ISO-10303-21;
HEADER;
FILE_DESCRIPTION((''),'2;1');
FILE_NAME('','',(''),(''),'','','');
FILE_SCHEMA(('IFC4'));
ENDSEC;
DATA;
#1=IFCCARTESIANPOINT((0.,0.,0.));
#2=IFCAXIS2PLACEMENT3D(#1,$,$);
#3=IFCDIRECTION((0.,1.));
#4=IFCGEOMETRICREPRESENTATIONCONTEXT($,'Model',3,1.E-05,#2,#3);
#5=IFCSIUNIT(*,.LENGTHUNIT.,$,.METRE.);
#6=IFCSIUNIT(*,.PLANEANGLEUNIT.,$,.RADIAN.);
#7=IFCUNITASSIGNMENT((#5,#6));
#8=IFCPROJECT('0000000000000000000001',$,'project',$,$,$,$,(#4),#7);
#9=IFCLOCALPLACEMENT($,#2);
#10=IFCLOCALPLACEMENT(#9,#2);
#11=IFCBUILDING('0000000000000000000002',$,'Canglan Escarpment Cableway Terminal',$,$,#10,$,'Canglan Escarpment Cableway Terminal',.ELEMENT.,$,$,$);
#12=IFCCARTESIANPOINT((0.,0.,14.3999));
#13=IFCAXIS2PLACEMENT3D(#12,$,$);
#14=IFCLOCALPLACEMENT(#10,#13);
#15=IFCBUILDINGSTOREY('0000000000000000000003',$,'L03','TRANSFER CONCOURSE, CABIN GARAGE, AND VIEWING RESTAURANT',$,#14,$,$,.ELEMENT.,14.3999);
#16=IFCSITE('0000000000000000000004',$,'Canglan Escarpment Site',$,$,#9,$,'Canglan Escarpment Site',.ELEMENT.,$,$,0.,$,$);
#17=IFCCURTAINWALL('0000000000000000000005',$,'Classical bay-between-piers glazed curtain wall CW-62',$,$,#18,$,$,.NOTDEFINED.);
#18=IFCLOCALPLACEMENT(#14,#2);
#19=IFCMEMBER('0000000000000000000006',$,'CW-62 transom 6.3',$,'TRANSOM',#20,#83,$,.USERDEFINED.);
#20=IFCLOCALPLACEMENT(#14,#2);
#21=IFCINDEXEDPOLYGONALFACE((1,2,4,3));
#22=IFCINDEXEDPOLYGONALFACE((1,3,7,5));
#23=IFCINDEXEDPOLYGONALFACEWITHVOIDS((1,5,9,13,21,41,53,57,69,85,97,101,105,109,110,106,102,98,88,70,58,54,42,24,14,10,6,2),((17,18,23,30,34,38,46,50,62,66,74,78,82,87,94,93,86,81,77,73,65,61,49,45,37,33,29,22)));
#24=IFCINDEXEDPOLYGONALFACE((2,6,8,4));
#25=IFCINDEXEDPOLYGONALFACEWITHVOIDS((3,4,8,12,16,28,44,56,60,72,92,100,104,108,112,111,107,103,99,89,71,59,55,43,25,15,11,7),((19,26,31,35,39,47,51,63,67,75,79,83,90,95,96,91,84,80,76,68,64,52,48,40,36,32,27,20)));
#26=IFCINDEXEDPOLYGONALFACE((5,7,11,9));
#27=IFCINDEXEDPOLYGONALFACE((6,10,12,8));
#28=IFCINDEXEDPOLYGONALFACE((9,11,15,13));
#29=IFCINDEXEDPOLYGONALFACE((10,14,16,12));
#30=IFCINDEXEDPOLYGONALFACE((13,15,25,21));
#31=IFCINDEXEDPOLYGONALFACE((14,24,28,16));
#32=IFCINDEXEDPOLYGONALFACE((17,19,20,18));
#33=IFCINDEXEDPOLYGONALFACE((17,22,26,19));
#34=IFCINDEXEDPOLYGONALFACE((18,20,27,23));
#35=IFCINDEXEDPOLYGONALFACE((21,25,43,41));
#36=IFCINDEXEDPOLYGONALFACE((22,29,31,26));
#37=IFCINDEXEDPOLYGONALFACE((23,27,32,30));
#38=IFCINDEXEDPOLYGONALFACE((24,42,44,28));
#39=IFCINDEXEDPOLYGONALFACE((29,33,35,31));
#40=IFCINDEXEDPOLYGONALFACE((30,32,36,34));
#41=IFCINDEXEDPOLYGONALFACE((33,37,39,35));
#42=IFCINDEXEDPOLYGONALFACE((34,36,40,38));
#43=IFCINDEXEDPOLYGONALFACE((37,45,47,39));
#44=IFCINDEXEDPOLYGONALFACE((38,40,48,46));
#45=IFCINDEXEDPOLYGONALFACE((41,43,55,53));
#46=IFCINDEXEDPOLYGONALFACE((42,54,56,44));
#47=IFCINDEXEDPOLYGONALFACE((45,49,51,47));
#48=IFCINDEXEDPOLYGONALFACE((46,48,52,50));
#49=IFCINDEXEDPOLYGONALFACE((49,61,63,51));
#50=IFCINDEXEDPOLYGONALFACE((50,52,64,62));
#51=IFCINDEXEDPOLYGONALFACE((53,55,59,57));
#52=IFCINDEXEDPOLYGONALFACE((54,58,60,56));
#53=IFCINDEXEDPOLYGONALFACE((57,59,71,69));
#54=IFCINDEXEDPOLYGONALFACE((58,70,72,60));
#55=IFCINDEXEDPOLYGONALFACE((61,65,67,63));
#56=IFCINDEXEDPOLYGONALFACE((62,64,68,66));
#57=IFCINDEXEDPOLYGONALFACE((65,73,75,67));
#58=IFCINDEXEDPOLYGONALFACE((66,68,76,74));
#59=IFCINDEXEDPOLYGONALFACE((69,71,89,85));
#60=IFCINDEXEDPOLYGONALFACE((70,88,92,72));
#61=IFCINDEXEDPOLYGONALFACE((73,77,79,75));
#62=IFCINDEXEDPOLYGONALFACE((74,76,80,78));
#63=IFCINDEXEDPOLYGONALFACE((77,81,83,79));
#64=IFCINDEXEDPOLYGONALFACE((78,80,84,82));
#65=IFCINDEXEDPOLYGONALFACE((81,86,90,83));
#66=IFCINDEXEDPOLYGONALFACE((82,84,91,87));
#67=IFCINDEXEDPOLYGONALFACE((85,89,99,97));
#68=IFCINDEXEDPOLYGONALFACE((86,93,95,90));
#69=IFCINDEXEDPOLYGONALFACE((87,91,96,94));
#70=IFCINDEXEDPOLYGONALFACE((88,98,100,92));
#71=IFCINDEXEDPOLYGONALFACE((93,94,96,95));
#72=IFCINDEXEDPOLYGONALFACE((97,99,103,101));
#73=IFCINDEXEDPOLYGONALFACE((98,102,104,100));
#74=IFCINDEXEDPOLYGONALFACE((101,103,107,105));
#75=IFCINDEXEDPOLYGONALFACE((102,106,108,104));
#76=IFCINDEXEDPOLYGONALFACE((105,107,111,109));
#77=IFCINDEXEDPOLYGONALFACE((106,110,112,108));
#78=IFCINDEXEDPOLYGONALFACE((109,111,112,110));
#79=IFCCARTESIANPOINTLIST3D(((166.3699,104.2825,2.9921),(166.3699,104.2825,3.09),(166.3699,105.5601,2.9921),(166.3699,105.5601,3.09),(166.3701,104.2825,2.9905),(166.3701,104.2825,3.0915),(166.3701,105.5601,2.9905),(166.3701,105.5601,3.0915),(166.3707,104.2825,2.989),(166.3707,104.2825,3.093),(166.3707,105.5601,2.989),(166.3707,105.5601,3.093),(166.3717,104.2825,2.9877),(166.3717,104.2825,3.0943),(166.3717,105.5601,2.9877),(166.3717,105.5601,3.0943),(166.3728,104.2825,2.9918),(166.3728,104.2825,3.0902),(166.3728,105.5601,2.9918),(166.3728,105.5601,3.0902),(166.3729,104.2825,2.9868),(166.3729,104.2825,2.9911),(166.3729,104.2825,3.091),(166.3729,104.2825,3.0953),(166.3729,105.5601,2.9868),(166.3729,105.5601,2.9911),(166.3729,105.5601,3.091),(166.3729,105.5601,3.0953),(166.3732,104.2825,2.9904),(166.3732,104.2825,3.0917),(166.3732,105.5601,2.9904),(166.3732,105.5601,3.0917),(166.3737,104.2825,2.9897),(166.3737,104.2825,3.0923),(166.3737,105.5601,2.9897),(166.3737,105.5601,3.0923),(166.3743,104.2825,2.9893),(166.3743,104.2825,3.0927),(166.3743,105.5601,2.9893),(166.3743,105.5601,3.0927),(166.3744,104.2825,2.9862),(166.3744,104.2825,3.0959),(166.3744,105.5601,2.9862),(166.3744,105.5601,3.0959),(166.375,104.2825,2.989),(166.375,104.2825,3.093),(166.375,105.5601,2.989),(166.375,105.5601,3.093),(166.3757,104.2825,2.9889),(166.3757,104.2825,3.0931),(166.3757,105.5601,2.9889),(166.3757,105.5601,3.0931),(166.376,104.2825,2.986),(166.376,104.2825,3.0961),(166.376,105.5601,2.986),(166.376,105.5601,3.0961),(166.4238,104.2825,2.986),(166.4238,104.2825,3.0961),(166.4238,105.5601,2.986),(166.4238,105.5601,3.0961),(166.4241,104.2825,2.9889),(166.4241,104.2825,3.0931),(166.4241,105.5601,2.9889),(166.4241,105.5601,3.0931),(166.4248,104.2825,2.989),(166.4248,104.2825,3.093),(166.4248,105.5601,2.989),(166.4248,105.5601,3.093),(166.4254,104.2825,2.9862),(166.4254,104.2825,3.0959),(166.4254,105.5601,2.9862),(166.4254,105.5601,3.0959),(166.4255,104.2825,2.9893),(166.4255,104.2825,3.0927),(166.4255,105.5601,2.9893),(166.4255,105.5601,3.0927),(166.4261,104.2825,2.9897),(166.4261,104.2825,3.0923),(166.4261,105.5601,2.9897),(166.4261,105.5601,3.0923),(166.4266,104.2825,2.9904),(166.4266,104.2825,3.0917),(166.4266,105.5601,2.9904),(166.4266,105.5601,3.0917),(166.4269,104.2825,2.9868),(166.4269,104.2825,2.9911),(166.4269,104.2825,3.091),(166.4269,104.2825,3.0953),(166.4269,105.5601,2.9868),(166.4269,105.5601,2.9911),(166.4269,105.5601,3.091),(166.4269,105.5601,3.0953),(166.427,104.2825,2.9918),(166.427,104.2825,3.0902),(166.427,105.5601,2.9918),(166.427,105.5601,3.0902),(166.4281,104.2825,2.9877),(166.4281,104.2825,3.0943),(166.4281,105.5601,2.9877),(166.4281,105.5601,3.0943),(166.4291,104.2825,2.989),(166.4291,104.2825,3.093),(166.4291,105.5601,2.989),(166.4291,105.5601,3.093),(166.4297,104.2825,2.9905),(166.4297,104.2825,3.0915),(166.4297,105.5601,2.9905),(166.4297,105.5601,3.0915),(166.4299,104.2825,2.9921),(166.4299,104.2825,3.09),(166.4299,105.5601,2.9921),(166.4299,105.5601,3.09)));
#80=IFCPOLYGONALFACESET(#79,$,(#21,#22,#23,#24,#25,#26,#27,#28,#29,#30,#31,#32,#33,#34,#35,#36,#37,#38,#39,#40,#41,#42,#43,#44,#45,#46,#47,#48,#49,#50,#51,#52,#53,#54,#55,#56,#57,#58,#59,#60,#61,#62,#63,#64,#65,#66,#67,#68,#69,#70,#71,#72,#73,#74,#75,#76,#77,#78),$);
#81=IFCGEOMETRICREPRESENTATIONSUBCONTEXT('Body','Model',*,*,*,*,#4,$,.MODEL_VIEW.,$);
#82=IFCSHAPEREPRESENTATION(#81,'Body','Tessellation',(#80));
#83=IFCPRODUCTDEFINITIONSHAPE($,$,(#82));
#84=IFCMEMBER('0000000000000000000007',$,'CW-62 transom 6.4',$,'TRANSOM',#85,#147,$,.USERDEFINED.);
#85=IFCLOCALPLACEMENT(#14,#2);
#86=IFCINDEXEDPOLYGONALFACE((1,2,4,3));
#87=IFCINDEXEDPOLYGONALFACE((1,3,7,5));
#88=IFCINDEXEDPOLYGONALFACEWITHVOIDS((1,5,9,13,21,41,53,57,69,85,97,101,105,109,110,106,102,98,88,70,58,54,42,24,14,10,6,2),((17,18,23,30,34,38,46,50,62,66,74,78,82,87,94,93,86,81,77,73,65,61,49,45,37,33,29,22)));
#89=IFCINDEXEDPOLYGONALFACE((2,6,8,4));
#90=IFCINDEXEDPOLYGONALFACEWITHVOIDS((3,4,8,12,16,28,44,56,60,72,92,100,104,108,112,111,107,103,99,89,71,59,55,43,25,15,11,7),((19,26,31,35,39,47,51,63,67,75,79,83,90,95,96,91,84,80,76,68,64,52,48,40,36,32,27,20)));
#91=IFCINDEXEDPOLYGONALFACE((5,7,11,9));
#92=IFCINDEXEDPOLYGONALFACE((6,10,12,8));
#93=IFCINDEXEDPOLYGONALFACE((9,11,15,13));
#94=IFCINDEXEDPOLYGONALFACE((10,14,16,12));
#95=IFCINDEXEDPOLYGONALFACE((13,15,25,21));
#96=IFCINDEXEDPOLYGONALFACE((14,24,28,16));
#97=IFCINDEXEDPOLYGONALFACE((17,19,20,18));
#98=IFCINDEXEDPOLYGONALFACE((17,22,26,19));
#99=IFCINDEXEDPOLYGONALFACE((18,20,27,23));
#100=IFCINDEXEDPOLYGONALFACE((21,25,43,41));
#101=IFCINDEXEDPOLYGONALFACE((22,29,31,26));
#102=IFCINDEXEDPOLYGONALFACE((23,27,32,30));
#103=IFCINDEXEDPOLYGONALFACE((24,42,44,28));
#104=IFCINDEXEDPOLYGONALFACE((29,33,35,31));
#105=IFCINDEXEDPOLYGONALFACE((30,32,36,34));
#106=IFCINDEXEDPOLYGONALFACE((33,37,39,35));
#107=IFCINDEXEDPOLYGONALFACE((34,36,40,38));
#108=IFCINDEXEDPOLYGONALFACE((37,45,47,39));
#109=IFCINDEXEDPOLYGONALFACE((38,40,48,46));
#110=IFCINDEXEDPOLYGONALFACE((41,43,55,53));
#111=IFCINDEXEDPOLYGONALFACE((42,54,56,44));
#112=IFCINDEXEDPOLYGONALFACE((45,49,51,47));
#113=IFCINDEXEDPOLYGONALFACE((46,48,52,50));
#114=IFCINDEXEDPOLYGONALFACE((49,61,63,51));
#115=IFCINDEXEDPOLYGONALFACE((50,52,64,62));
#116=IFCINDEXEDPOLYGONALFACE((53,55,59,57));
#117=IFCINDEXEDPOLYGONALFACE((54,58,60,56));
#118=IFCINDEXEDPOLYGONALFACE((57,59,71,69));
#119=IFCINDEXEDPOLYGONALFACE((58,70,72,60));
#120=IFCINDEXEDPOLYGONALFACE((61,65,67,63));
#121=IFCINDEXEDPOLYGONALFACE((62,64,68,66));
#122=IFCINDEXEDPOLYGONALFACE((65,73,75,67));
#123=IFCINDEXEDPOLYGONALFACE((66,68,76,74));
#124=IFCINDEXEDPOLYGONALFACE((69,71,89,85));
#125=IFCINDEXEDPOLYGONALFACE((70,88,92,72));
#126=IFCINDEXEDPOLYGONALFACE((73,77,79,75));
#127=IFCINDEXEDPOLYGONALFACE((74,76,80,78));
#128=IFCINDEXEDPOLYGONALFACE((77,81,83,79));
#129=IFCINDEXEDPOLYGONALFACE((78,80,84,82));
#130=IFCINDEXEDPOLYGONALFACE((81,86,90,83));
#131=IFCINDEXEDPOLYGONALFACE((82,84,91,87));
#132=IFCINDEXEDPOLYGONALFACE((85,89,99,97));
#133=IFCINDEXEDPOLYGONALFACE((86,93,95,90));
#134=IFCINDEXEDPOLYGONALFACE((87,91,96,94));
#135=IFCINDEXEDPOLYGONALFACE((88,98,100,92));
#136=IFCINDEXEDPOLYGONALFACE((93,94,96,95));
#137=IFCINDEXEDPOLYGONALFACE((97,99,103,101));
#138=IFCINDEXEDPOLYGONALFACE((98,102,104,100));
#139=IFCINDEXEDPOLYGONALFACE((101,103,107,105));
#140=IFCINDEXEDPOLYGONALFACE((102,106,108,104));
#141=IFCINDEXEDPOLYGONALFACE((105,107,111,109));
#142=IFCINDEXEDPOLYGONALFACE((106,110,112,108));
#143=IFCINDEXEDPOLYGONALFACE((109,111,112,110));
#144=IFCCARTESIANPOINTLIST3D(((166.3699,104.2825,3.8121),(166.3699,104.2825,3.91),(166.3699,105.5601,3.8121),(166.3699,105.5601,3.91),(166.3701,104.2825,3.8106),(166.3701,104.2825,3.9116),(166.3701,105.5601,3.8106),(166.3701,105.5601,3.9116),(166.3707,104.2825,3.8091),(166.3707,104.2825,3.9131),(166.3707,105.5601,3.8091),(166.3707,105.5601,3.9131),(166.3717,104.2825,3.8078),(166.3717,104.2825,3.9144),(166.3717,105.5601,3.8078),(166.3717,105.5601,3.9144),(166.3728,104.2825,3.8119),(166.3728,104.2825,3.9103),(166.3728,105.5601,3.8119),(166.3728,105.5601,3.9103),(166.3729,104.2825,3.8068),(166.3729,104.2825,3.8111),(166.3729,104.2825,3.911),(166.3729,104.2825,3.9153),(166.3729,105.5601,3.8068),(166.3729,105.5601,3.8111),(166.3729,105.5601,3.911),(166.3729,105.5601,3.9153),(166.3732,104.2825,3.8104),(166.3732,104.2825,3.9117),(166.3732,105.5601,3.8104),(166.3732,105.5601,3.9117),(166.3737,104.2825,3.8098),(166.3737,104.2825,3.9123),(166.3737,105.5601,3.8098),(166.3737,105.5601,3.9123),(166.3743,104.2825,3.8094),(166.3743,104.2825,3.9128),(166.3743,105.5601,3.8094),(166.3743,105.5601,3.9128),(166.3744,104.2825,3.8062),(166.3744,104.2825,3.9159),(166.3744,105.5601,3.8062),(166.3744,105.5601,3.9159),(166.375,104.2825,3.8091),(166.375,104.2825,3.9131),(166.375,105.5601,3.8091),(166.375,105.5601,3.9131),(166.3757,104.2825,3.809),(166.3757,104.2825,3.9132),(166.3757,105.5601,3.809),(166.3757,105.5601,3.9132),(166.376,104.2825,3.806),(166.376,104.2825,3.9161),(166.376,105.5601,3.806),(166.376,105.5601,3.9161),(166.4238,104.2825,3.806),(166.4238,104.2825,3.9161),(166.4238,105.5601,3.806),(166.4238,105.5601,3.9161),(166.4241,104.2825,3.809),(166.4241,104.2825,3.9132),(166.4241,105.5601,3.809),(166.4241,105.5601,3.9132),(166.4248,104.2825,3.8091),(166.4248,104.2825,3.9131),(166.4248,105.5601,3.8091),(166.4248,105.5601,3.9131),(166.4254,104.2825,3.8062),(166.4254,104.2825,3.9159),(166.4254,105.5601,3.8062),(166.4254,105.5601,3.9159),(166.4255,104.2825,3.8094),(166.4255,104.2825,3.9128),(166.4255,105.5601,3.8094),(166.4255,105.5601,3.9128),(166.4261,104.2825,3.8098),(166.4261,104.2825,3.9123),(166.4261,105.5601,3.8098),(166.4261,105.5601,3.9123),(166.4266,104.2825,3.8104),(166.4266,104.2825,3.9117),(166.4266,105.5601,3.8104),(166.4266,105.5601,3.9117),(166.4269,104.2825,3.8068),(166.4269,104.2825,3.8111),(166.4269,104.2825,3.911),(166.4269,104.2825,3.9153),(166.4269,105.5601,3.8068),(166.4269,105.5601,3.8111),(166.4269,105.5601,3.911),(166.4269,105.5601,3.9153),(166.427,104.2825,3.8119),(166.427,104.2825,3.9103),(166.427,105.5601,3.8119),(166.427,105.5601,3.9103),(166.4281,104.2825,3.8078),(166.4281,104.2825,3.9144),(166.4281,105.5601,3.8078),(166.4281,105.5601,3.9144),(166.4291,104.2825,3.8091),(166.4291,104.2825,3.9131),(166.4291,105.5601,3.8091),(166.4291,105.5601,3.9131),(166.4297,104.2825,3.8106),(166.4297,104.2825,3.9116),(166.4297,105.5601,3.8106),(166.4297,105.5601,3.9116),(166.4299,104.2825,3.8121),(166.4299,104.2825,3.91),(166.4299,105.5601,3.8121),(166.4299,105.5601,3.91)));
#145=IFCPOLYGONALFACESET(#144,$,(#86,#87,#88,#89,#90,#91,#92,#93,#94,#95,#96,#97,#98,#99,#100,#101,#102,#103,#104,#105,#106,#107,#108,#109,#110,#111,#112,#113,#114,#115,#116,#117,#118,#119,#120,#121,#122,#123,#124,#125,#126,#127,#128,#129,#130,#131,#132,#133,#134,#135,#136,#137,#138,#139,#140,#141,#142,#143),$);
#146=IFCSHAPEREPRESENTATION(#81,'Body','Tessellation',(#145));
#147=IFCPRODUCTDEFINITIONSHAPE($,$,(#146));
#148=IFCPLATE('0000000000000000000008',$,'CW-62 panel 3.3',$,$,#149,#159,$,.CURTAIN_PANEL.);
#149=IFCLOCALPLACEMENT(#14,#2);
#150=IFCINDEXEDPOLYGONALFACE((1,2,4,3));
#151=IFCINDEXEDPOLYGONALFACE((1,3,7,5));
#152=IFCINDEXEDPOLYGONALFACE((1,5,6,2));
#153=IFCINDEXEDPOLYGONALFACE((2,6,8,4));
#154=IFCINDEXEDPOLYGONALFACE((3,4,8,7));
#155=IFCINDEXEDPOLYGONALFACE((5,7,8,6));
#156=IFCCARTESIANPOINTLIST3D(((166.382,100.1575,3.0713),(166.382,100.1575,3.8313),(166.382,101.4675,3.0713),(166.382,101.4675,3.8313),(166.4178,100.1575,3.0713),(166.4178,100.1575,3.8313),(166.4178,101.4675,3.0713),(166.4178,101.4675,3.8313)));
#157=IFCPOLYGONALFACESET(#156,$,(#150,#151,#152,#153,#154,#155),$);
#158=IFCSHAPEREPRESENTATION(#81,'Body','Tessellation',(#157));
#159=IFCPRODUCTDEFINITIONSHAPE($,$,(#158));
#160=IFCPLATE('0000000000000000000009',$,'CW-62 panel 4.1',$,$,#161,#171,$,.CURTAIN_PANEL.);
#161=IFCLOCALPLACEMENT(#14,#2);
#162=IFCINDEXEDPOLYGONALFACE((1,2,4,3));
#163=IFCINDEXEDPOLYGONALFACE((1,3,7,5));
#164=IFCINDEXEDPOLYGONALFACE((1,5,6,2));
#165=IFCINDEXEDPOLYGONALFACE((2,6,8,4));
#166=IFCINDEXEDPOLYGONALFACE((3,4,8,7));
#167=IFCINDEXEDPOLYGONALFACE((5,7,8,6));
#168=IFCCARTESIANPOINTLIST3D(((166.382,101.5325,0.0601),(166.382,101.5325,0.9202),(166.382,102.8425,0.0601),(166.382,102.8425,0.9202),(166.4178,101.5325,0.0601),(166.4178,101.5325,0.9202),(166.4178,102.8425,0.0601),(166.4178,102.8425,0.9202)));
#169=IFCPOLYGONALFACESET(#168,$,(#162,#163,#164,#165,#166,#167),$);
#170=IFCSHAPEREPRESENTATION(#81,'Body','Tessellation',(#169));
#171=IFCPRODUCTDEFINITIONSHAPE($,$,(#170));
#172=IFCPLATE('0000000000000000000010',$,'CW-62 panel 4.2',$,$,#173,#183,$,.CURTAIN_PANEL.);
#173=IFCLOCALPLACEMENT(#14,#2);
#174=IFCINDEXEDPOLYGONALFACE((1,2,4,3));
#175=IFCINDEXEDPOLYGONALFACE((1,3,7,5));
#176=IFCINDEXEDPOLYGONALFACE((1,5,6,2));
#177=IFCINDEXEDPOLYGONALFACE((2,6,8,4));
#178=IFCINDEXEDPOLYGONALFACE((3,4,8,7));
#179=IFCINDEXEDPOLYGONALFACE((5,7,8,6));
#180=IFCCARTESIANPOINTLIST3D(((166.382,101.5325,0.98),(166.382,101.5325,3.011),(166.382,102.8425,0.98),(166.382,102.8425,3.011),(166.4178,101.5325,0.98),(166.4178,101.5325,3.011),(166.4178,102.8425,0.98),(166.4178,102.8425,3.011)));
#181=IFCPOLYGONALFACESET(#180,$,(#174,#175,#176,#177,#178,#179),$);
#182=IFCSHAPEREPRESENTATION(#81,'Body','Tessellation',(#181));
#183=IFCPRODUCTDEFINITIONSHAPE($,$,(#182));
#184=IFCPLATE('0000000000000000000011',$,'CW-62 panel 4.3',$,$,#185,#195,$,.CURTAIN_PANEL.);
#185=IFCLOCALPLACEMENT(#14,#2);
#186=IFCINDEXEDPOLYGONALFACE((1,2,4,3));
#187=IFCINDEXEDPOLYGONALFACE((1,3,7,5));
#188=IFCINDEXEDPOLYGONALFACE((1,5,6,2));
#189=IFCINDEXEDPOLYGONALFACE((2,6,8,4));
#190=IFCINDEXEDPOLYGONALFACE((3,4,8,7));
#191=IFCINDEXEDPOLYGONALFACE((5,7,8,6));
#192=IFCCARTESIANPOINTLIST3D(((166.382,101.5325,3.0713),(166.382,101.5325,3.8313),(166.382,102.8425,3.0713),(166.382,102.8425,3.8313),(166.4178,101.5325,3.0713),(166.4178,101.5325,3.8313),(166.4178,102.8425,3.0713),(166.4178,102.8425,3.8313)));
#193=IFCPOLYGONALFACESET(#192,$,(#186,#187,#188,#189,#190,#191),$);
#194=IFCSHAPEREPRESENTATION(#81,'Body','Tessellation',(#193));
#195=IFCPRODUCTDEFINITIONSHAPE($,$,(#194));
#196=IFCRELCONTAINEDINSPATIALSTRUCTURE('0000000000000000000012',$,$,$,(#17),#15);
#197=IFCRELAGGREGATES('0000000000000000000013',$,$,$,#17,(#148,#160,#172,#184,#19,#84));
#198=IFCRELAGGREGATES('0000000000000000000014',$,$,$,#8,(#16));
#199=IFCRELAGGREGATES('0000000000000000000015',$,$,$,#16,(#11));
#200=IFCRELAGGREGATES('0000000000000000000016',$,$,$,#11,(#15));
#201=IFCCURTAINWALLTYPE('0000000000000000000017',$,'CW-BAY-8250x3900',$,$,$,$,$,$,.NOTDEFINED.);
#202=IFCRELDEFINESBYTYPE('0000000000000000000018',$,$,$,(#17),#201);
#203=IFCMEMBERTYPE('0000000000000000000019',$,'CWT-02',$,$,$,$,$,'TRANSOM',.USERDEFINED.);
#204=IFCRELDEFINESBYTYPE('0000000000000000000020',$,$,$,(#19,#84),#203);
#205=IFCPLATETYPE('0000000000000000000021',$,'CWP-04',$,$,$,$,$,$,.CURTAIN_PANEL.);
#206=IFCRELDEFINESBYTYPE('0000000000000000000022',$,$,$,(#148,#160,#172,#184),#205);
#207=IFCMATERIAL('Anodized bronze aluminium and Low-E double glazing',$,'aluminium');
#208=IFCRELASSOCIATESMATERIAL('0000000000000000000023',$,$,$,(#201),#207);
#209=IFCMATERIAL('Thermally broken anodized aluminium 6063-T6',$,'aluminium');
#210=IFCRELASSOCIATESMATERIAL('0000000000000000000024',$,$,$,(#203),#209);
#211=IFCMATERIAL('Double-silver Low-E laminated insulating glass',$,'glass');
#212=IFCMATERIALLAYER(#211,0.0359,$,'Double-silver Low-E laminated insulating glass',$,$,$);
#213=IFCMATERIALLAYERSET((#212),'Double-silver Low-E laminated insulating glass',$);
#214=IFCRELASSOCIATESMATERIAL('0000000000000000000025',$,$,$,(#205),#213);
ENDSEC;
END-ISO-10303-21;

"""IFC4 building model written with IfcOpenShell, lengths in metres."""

from ifc_helpers import new_model, si_unit, direction, frame, origin, origin_2d, place, context, subcontext, project, spatial, rectangle, hollow_rectangle, extrude, material, layer, layer_set, material_profile, profile_set, type_object, element, aggregate, save


model = new_model("IFC4")

# Units and contexts
model_context = context("Model", 3, precision=1e-05, world=origin(), true_north=direction((0.0, 1.0)))
body_context = subcontext(model_context, "Body", "Model", "MODEL_VIEW")
ifc_project = project(units=[si_unit("LENGTHUNIT", "METRE"), si_unit("PLANEANGLEUNIT", "RADIAN")], contexts=[model_context])

# Site, building, storey
site_placement = place(None, origin())
site = spatial("IfcSite", under=ifc_project, at=site_placement, Name="Canglan Escarpment Site", LongName="Canglan Escarpment Site", CompositionType="ELEMENT", RefElevation=0.0)
building_placement = place(site_placement, origin())
building = spatial("IfcBuilding", under=site, at=building_placement, Name="Canglan Escarpment Cableway Terminal", LongName="Canglan Escarpment Cableway Terminal", CompositionType="ELEMENT")
storey_placement = place(building_placement, frame((0.0, 0.0, 14.3999)))
storey = spatial("IfcBuildingStorey", under=building, at=storey_placement, Name="L03", Description="TRANSFER CONCOURSE, CABIN GARAGE, AND VIEWING RESTAURANT", CompositionType="ELEMENT", Elevation=14.3999)

# Curtain wall, members, plates
ifc_material_1 = material(Name="Anodized bronze aluminium and Low-E double glazing", Category="aluminium")
curtain_wall_type = type_object("IfcCurtainWallType", Name="CW-BAY-8250x3900", PredefinedType="NOTDEFINED", material=ifc_material_1)
curtain_wall_placement = place(storey_placement, origin())
curtain_wall = element("IfcCurtainWall", 1, at=curtain_wall_placement, inside=storey, type_object=curtain_wall_type, Name="Classical bay-between-piers glazed curtain wall CW-62", PredefinedType="NOTDEFINED")
ifc_material_2 = material(Name="Thermally broken anodized aluminium 6063-T6", Category="aluminium")
ifc_material_profile_1 = material_profile(ifc_material_2, hollow_rectangle(XDim=0.0601, YDim=0.1101, WallThickness=0.0029, InnerFilletRadius=0.0029, OuterFilletRadius=0.0061, at=origin_2d()), Name="ALU-TRAN 60x110x3")
ifc_profile_set_1 = profile_set([ifc_material_profile_1], Name="Thermally broken anodized aluminium 6063-T6")
member_type_1 = type_object("IfcMemberType", Name="CWT-02", ElementType="TRANSOM", PredefinedType="USERDEFINED", material=ifc_profile_set_1)
member_1_placement = place(storey_placement, frame((166.3999, 104.2825, 3.041), z_axis=(0.0, 1.0, 0.0), x_axis=(-1.0, 0.0, 0.0)))
member_1 = element("IfcMember", 2, at=member_1_placement, type_object=member_type_1, Name="CW-62 transom 6.3", ObjectType="TRANSOM", PredefinedType="USERDEFINED", context=body_context, shape_type="SweptSolid", body=[
    extrude(hollow_rectangle(XDim=0.0601, YDim=0.1101, WallThickness=0.0029, InnerFilletRadius=0.0029, OuterFilletRadius=0.0061, at=origin_2d()), origin(), (0.0, 0.0, 1.0), 1.2776),
])
member_2_placement = place(storey_placement, frame((166.3999, 104.2825, 3.8611), z_axis=(0.0, 1.0, 0.0), x_axis=(-1.0, 0.0, 0.0)))
member_2 = element("IfcMember", 3, at=member_2_placement, type_object=member_type_1, Name="CW-62 transom 6.4", ObjectType="TRANSOM", PredefinedType="USERDEFINED", context=body_context, shape_type="SweptSolid", body=[
    extrude(hollow_rectangle(XDim=0.0601, YDim=0.1101, WallThickness=0.0029, InnerFilletRadius=0.0029, OuterFilletRadius=0.0061, at=origin_2d()), origin(), (0.0, 0.0, 1.0), 1.2776),
])
ifc_material_3 = material(Name="Double-silver Low-E laminated insulating glass", Category="glass")
ifc_layer = layer(ifc_material_3, 0.0359, Name="Double-silver Low-E laminated insulating glass")
ifc_layer_set = layer_set([ifc_layer], Name="Double-silver Low-E laminated insulating glass")
plate_type = type_object("IfcPlateType", Name="CWP-04", PredefinedType="CURTAIN_PANEL", material=ifc_layer_set)
plate_1_placement = place(storey_placement, frame((166.3999, 100.8125, 3.0713), z_axis=(0.0, 0.0, 1.0), x_axis=(0.0, 1.0, 0.0)))
plate_1 = element("IfcPlate", 4, at=plate_1_placement, type_object=plate_type, Name="CW-62 panel 3.3", PredefinedType="CURTAIN_PANEL", context=body_context, shape_type="SweptSolid", body=[
    extrude(rectangle(XDim=1.3101, YDim=0.0359, at=origin_2d()), origin(), (0.0, 0.0, 1.0), 0.76),
])
plate_2_placement = place(storey_placement, frame((166.3999, 102.1875, 0.0601), z_axis=(0.0, 0.0, 1.0), x_axis=(0.0, 1.0, 0.0)))
plate_2 = element("IfcPlate", 5, at=plate_2_placement, type_object=plate_type, Name="CW-62 panel 4.1", PredefinedType="CURTAIN_PANEL", context=body_context, shape_type="SweptSolid", body=[
    extrude(rectangle(XDim=1.3101, YDim=0.0359, at=origin_2d()), origin(), (0.0, 0.0, 1.0), 0.8601),
])
plate_3_placement = place(storey_placement, frame((166.3999, 102.1875, 0.98), z_axis=(0.0, 0.0, 1.0), x_axis=(0.0, 1.0, 0.0)))
plate_3 = element("IfcPlate", 6, at=plate_3_placement, type_object=plate_type, Name="CW-62 panel 4.2", PredefinedType="CURTAIN_PANEL", context=body_context, shape_type="SweptSolid", body=[
    extrude(rectangle(XDim=1.3101, YDim=0.0359, at=origin_2d()), origin(), (0.0, 0.0, 1.0), 2.031),
])
plate_4_placement = place(storey_placement, frame((166.3999, 102.1875, 3.0713), z_axis=(0.0, 0.0, 1.0), x_axis=(0.0, 1.0, 0.0)))
plate_4 = element("IfcPlate", 7, at=plate_4_placement, type_object=plate_type, Name="CW-62 panel 4.3", PredefinedType="CURTAIN_PANEL", context=body_context, shape_type="SweptSolid", body=[
    extrude(rectangle(XDim=1.3101, YDim=0.0359, at=origin_2d()), origin(), (0.0, 0.0, 1.0), 0.76),
])
aggregate(curtain_wall, [plate_1, plate_2, plate_3, plate_4, member_1, member_2])

save(model, "model.ifc")
